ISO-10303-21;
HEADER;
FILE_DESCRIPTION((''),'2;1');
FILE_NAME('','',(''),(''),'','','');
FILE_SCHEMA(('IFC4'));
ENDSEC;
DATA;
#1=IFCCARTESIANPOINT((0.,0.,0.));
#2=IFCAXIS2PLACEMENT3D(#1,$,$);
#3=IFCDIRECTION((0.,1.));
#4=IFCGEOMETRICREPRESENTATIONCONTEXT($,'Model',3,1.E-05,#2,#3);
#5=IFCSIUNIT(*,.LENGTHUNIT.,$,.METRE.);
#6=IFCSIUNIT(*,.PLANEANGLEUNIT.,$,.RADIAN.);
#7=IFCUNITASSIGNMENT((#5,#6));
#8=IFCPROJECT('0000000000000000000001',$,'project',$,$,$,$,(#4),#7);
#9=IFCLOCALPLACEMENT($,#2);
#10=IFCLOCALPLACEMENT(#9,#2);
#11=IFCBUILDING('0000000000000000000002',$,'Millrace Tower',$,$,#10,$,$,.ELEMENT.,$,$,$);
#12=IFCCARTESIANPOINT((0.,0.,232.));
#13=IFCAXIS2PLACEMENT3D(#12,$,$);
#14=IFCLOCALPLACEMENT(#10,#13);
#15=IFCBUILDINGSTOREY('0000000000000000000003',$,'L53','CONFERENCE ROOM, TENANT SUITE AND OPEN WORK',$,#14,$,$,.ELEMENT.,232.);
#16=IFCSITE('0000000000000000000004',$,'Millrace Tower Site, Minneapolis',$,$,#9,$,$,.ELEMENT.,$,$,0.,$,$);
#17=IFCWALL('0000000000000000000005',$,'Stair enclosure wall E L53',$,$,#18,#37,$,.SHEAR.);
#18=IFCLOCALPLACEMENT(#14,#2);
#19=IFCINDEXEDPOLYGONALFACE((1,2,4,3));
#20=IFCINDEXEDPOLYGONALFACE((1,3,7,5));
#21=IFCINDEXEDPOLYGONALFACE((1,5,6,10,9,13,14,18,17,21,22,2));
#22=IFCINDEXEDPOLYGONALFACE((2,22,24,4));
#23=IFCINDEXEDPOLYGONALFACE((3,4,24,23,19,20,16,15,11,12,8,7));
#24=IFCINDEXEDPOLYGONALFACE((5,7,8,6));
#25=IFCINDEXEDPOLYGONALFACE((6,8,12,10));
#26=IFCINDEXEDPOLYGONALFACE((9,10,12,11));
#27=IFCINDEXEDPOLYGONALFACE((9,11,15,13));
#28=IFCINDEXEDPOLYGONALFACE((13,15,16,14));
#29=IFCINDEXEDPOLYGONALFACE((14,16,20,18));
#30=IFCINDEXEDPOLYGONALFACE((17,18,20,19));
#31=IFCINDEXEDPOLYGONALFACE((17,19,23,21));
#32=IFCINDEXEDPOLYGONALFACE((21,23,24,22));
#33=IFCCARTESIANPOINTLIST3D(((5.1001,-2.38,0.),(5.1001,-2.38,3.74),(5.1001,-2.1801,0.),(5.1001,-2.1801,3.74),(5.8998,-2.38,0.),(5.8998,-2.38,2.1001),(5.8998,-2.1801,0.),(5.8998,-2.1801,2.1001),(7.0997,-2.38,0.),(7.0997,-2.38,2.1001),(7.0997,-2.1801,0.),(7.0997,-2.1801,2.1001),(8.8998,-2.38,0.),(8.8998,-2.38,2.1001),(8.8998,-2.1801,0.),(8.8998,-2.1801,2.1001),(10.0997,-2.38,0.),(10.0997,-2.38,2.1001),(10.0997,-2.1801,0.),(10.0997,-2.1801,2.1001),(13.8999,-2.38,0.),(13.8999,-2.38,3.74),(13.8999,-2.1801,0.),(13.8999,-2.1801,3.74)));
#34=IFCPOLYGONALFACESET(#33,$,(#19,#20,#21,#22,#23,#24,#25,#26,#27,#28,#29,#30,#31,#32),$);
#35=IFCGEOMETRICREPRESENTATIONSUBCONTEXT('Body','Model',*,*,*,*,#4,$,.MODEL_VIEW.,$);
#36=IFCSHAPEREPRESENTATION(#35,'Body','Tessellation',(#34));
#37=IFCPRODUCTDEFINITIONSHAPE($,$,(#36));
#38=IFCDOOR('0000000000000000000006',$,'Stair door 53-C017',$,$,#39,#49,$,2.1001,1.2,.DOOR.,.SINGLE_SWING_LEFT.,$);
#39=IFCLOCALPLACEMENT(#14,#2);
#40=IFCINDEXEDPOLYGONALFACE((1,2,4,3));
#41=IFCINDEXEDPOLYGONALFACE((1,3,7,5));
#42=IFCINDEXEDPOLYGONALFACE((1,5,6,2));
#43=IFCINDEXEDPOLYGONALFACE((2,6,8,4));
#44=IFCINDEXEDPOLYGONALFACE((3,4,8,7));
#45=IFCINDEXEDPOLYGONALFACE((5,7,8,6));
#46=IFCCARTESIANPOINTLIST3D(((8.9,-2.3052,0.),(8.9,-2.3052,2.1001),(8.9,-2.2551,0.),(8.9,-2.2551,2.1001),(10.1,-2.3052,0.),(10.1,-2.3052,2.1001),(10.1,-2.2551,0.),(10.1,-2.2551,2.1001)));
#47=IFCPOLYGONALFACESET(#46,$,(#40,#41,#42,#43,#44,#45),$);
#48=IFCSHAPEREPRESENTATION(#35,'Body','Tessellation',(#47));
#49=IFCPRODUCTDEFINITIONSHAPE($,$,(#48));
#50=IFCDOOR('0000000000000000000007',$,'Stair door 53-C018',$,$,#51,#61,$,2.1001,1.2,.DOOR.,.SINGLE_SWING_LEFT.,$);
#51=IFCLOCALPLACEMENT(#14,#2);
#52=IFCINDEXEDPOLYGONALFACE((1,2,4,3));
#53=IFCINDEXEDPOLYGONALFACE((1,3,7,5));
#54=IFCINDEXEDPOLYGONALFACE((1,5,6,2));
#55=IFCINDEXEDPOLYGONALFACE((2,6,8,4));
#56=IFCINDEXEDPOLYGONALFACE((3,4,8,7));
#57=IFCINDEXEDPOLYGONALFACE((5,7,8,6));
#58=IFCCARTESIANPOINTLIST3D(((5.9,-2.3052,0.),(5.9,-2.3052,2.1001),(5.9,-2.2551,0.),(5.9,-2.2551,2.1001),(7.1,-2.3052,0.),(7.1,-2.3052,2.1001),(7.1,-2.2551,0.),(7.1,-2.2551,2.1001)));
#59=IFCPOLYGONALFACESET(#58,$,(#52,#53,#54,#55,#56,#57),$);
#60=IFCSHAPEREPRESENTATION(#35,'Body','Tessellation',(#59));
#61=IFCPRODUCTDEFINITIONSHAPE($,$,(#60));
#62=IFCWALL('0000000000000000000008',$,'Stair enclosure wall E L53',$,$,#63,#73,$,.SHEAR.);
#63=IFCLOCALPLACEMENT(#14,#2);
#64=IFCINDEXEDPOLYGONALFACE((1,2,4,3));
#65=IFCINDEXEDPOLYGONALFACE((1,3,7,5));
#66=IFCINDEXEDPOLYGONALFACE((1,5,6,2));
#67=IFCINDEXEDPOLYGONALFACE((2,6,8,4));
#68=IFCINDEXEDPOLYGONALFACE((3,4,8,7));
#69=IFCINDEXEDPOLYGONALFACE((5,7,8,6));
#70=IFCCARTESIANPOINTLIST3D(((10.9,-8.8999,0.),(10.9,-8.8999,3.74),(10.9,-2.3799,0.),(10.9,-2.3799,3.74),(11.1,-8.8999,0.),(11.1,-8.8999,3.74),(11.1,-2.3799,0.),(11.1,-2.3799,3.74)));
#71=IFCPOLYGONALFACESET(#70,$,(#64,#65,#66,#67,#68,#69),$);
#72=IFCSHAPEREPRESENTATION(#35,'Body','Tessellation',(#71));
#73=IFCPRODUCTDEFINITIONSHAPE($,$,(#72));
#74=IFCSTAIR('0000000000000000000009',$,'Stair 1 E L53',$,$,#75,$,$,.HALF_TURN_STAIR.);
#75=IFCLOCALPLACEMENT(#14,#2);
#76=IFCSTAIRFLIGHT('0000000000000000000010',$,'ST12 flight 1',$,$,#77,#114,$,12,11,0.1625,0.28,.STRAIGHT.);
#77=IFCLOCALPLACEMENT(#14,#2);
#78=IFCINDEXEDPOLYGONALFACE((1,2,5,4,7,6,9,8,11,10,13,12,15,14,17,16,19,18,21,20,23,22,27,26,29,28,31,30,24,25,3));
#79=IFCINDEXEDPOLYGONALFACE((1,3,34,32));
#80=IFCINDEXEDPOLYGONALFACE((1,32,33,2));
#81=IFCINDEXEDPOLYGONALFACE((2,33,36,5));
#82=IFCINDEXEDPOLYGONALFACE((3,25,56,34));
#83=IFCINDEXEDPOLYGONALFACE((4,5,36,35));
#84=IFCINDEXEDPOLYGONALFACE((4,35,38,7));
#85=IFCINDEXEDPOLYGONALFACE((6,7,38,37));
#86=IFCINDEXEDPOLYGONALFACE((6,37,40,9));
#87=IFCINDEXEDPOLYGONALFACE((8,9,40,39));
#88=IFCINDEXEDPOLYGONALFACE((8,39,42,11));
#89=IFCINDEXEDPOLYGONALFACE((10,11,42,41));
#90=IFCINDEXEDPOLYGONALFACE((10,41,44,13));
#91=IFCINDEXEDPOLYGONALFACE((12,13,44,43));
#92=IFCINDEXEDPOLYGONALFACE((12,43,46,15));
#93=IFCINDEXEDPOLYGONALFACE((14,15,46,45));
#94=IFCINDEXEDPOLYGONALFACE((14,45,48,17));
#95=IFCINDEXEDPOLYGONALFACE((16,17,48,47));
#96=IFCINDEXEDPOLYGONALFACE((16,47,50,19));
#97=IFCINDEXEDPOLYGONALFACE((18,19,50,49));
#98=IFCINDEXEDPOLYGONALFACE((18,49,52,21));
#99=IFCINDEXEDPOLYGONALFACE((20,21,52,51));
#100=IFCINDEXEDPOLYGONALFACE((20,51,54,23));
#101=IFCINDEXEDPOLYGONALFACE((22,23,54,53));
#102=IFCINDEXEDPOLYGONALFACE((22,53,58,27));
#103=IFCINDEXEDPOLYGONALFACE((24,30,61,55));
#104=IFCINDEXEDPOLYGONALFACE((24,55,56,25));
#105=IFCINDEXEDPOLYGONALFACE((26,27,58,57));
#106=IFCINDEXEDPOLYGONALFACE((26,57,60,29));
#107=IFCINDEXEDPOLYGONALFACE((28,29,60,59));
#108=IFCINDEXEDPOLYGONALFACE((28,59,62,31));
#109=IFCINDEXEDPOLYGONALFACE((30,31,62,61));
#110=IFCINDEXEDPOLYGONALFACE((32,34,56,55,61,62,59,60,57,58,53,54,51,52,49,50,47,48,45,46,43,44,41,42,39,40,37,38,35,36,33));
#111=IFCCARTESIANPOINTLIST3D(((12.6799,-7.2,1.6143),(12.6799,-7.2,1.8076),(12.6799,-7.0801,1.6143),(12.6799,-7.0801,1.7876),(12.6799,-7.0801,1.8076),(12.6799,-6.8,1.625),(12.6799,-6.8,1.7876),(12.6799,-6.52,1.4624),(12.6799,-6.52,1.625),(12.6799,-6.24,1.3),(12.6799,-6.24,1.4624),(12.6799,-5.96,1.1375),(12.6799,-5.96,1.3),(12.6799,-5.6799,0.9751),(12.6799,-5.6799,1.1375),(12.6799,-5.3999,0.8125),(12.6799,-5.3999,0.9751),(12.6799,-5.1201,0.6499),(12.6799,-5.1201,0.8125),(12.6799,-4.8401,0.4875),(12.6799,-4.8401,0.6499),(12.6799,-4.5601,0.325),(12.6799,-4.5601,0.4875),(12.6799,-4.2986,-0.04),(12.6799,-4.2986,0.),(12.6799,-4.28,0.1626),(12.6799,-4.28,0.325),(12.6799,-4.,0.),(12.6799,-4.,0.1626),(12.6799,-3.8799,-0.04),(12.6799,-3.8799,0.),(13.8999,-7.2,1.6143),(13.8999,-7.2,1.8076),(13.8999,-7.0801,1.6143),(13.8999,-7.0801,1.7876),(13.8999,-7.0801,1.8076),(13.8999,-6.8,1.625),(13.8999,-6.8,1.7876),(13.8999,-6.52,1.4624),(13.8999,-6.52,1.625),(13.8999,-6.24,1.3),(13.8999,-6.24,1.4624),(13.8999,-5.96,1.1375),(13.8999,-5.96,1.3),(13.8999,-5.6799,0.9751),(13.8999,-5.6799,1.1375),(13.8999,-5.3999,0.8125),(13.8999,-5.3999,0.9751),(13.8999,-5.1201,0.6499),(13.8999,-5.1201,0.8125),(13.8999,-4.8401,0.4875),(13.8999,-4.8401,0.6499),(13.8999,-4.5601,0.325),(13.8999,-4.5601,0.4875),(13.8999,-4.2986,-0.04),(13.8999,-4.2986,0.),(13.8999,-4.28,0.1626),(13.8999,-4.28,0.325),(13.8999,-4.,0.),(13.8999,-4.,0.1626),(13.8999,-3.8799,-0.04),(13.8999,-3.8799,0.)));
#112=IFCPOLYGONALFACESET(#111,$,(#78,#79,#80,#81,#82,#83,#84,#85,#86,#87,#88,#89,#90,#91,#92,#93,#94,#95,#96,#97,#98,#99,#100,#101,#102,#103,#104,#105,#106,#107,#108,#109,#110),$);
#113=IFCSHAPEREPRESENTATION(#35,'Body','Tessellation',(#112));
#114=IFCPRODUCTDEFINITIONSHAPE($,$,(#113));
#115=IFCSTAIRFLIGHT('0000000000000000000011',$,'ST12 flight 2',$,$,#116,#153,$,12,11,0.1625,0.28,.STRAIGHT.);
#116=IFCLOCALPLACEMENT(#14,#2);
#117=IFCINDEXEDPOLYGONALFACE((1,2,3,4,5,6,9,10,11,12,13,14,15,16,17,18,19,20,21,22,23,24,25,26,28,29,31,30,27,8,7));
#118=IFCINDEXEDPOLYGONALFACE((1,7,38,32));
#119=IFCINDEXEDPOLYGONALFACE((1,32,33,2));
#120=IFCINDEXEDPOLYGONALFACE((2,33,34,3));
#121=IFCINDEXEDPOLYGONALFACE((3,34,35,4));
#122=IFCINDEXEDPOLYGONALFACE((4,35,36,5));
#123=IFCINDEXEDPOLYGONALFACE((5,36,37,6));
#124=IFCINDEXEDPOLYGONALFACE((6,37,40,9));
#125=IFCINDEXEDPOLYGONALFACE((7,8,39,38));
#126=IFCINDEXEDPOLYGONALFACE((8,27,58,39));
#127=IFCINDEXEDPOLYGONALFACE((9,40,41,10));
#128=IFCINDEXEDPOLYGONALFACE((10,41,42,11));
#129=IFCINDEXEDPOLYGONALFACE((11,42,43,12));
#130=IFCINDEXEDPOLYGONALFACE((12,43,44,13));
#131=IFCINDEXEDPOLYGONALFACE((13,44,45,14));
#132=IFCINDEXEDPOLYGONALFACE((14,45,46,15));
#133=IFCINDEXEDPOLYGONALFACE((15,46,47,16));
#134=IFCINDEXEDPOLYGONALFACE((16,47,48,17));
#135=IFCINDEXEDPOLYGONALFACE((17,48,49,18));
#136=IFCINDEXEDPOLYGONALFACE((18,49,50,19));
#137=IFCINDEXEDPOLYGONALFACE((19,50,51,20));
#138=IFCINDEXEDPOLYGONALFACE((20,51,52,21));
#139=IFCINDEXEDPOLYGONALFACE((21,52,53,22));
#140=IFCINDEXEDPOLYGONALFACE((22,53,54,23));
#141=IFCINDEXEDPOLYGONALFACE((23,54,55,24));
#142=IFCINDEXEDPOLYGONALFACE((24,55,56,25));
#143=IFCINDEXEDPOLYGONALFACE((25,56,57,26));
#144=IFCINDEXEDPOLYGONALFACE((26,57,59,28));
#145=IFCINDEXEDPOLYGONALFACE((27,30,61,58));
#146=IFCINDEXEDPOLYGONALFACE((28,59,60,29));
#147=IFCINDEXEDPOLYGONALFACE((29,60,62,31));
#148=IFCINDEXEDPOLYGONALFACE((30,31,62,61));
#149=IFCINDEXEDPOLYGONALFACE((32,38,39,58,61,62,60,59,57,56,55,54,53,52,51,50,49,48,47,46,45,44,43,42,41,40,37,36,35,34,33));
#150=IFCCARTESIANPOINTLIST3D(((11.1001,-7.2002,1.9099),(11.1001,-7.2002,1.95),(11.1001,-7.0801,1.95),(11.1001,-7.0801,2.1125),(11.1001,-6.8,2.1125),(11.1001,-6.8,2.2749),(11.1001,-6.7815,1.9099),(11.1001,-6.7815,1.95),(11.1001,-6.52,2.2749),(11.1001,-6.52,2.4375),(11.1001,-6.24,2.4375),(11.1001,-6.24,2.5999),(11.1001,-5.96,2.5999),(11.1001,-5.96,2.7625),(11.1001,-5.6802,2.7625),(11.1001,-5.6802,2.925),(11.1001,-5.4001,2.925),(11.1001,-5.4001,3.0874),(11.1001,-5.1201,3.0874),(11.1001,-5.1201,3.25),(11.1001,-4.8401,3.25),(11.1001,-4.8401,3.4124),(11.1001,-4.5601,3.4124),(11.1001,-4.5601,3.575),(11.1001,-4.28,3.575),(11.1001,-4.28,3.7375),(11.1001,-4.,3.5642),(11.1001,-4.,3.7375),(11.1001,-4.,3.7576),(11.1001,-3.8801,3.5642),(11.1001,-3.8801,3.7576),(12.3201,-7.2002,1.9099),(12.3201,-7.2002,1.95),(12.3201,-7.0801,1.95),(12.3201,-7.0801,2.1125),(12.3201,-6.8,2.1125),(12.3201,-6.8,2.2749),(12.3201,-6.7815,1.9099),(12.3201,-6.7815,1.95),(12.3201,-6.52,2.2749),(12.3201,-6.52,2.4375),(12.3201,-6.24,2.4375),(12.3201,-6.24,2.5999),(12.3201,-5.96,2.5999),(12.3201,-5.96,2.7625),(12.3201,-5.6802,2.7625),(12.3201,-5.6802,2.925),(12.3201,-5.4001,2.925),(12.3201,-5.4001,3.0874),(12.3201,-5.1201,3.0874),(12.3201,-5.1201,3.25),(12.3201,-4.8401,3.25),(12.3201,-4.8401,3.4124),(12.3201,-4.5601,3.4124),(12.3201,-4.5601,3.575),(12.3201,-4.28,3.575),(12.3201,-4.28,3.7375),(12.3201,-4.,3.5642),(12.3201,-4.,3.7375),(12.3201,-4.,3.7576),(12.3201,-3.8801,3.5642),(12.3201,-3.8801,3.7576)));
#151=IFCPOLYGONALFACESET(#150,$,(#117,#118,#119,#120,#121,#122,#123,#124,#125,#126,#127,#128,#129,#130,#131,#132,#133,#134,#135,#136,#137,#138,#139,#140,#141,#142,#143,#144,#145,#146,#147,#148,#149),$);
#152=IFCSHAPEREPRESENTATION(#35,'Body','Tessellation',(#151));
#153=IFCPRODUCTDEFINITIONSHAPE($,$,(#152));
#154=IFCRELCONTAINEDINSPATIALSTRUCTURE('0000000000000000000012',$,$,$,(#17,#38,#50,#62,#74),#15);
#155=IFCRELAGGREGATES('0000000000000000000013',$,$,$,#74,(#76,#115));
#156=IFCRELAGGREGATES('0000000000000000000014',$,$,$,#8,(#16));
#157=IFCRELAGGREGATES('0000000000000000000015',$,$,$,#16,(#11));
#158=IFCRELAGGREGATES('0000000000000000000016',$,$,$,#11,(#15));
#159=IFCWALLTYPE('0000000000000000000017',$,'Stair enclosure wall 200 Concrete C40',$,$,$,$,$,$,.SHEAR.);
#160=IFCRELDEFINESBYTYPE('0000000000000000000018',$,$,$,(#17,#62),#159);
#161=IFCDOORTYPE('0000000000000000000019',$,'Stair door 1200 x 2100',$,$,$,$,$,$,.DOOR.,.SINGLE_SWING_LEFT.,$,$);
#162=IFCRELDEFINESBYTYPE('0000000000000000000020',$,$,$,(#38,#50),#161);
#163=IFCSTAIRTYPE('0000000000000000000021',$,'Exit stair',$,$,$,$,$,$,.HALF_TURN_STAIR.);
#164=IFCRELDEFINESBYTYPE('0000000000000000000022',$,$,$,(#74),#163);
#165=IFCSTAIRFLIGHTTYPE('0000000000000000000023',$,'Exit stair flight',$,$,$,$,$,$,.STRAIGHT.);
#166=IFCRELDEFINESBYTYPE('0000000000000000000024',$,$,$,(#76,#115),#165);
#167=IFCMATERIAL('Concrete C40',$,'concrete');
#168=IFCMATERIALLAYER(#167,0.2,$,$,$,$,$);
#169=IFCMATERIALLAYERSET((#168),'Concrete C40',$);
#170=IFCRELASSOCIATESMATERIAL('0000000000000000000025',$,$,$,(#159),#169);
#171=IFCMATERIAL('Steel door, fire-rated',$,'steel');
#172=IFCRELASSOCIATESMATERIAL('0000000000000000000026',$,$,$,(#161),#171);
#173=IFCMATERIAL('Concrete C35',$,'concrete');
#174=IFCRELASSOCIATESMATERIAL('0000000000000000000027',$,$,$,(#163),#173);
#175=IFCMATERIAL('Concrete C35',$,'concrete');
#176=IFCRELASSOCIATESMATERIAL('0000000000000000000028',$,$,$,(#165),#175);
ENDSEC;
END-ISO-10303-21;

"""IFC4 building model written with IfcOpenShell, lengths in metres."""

from ifc_helpers import new_model, si_unit, direction, frame, frame_2d, origin, place, context, subcontext, project, spatial, polyline, rectangle, outline, extrude, material, layer, layer_set, type_object, element, fill, aggregate, save


model = new_model("IFC4")

# Units and contexts
model_context = context("Model", 3, precision=1e-05, world=origin(), true_north=direction((0.0, 1.0)))
body_context = subcontext(model_context, "Body", "Model", "MODEL_VIEW")
ifc_project = project(units=[si_unit("LENGTHUNIT", "METRE"), si_unit("PLANEANGLEUNIT", "RADIAN")], contexts=[model_context])

# Site, building, storey
site_placement = place(None, origin())
site = spatial("IfcSite", under=ifc_project, at=site_placement, Name="Millrace Tower Site, Minneapolis", CompositionType="ELEMENT", RefElevation=0.0)
building_placement = place(site_placement, origin())
building = spatial("IfcBuilding", under=site, at=building_placement, Name="Millrace Tower", CompositionType="ELEMENT")
storey_placement = place(building_placement, frame((0.0, 0.0, 232.0)))
storey = spatial("IfcBuildingStorey", under=building, at=storey_placement, Name="L53", Description="CONFERENCE ROOM, TENANT SUITE AND OPEN WORK", CompositionType="ELEMENT", Elevation=232.0)

# Shared definitions
placement = place(storey_placement, origin())

# Shared definitions
ifc_material_1 = material(Name="Concrete C40", Category="concrete")
ifc_layer_1 = layer(ifc_material_1, 0.2)
ifc_layer_set_1 = layer_set([ifc_layer_1], Name="Concrete C40")
wall_type_1 = type_object("IfcWallType", Name="Stair enclosure wall 200 Concrete C40", PredefinedType="SHEAR", material=ifc_layer_set_1)

# Wall, openings, doors
wall_1_placement = place(storey_placement, frame((13.8999, -2.28, 0.0), z_axis=(0.0, 0.0, 1.0), x_axis=(-1.0, 0.0, 0.0)))
wall_1 = element("IfcWall", 1, at=wall_1_placement, inside=storey, type_object=wall_type_1, Name="Stair enclosure wall E L53", PredefinedType="SHEAR", context=body_context, shape_type="SweptSolid", body=[
    extrude(rectangle(XDim=8.7998, YDim=0.2, at=frame_2d((4.3999, 0.0))), origin(), (0.0, 0.0, 1.0), 3.74),
])
opening_1_placement = place(wall_1_placement, frame((3.8, 0.0, 0.0)))
opening_1 = element("IfcOpeningElement", 2, at=opening_1_placement, cuts=wall_1, PredefinedType="OPENING", context=body_context, shape_type="SweptSolid", body=[
    extrude(rectangle(XDim=1.2, YDim=2.1001, at=frame_2d((0.6001, 1.05))), frame((0.0, 0.1099, 0.0), z_axis=(0.0, -1.0, 0.0), x_axis=(1.0, 0.0, 0.0)), (0.0, 0.0, 1.0), 0.22),
])
opening_2_placement = place(wall_1_placement, frame((6.8, 0.0, 0.0)))
opening_2 = element("IfcOpeningElement", 3, at=opening_2_placement, cuts=wall_1, PredefinedType="OPENING", context=body_context, shape_type="SweptSolid", body=[
    extrude(rectangle(XDim=1.2, YDim=2.1001, at=frame_2d((0.6001, 1.05))), frame((0.0, 0.1099, 0.0), z_axis=(0.0, -1.0, 0.0), x_axis=(1.0, 0.0, 0.0)), (0.0, 0.0, 1.0), 0.22),
])
ifc_material_2 = material(Name="Steel door, fire-rated", Category="steel")
door_type_1 = type_object("IfcDoorType", Name="Stair door 1200 x 2100", OperationType="SINGLE_SWING_LEFT", PredefinedType="DOOR", material=ifc_material_2)
door_1_placement = place(opening_1_placement, frame((1.2, 0.0, 0.0), z_axis=(0.0, 0.0, 1.0), x_axis=(-1.0, 0.0, 0.0)))
door_1 = element("IfcDoor", 4, at=door_1_placement, inside=storey, type_object=door_type_1, Name="Stair door 53-C017", OperationType="SINGLE_SWING_LEFT", OverallHeight=2.1001, OverallWidth=1.2, PredefinedType="DOOR", context=body_context, shape_type="SweptSolid", body=[
    extrude(rectangle(XDim=1.2, YDim=2.1001, at=frame_2d((0.6001, 1.05))), frame((0.0, 0.0249, 0.0), z_axis=(0.0, -1.0, 0.0), x_axis=(1.0, 0.0, 0.0)), (0.0, 0.0, 1.0), 0.05),
])
fill(opening_1, door_1)
door_2_placement = place(opening_2_placement, frame((1.2, 0.0, 0.0), z_axis=(0.0, 0.0, 1.0), x_axis=(-1.0, 0.0, 0.0)))
door_2 = element("IfcDoor", 5, at=door_2_placement, inside=storey, type_object=door_type_1, Name="Stair door 53-C018", OperationType="SINGLE_SWING_LEFT", OverallHeight=2.1001, OverallWidth=1.2, PredefinedType="DOOR", context=body_context, shape_type="SweptSolid", body=[
    extrude(rectangle(XDim=1.2, YDim=2.1001, at=frame_2d((0.6001, 1.05))), frame((0.0, 0.0249, 0.0), z_axis=(0.0, -1.0, 0.0), x_axis=(1.0, 0.0, 0.0)), (0.0, 0.0, 1.0), 0.05),
])
fill(opening_2, door_2)

# Wall
wall_2_placement = place(storey_placement, frame((11.0, -2.3799, 0.0), z_axis=(0.0, 0.0, 1.0), x_axis=(0.0, -1.0, 0.0)))
element("IfcWall", 6, at=wall_2_placement, inside=storey, type_object=wall_type_1, Name="Stair enclosure wall E L53", PredefinedType="SHEAR", context=body_context, shape_type="SweptSolid", body=[
    extrude(rectangle(XDim=6.52, YDim=0.2, at=frame_2d((3.26, 0.0))), origin(), (0.0, 0.0, 1.0), 3.74),
])

# Stair, stair flights
ifc_material_3 = material(Name="Concrete C35", Category="concrete")
stair_type = type_object("IfcStairType", Name="Exit stair", PredefinedType="HALF_TURN_STAIR", material=ifc_material_3)
stair_1 = element("IfcStair", 7, at=placement, inside=storey, type_object=stair_type, Name="Stair 1 E L53", PredefinedType="HALF_TURN_STAIR")
ifc_material_4 = material(Name="Concrete C35", Category="concrete")
stair_flight_type = type_object("IfcStairFlightType", Name="Exit stair flight", PredefinedType="STRAIGHT", material=ifc_material_4)
stair_flight_1_placement = place(storey_placement, frame((13.29, -4.0, 0.0), z_axis=(0.0, 0.0, 1.0), x_axis=(0.0, -1.0, 0.0)))
stair_flight_1 = element("IfcStairFlight", 8, at=stair_flight_1_placement, type_object=stair_flight_type, Name="ST12 flight 1", NumberOfRisers=12, NumberOfTreads=11, PredefinedType="STRAIGHT", RiserHeight=0.1625, TreadLength=0.28, context=body_context, shape_type="SweptSolid", body=[
    extrude(outline(polyline([(-0.1201, -0.04), (-0.1201, 0.0), (0.0, 0.0), (0.0, 0.1626), (0.28, 0.1626), (0.28, 0.325), (0.5601, 0.325), (0.5601, 0.4875), (0.8401, 0.4875), (0.8401, 0.6499), (1.1201, 0.6499), (1.1201, 0.8125), (1.3999, 0.8125), (1.3999, 0.9751), (1.6799, 0.9751), (1.6799, 1.1375), (1.96, 1.1375), (1.96, 1.3), (2.24, 1.3), (2.24, 1.4624), (2.52, 1.4624), (2.52, 1.625), (2.8, 1.625), (2.8, 1.7876), (3.0801, 1.7876), (3.0801, 1.8076), (3.2, 1.8076), (3.2, 1.6143), (3.0801, 1.6143), (0.2986, 0.0), (0.2986, -0.04), (-0.1201, -0.04)])), frame((0.0, 0.6099, 0.0), z_axis=(0.0, -1.0, 0.0), x_axis=(1.0, 0.0, 0.0)), (0.0, 0.0, 1.0), 1.22),
])
stair_flight_2_placement = place(storey_placement, frame((11.71, -7.0801, 1.95), z_axis=(0.0, 0.0, 1.0), x_axis=(0.0, 1.0, 0.0)))
stair_flight_2 = element("IfcStairFlight", 9, at=stair_flight_2_placement, type_object=stair_flight_type, Name="ST12 flight 2", NumberOfRisers=12, NumberOfTreads=11, PredefinedType="STRAIGHT", RiserHeight=0.1625, TreadLength=0.28, context=body_context, shape_type="SweptSolid", body=[
    extrude(outline(polyline([(-0.1201, -0.04), (-0.1201, 0.0), (0.0, 0.0), (0.0, 0.1626), (0.28, 0.1626), (0.28, 0.325), (0.5601, 0.325), (0.5601, 0.4875), (0.8401, 0.4875), (0.8401, 0.6499), (1.1201, 0.6499), (1.1201, 0.8125), (1.3999, 0.8125), (1.3999, 0.9751), (1.6799, 0.9751), (1.6799, 1.1375), (1.96, 1.1375), (1.96, 1.3), (2.24, 1.3), (2.24, 1.4624), (2.52, 1.4624), (2.52, 1.625), (2.8, 1.625), (2.8, 1.7876), (3.0801, 1.7876), (3.0801, 1.8076), (3.2, 1.8076), (3.2, 1.6143), (3.0801, 1.6143), (0.2986, 0.0), (0.2986, -0.04), (-0.1201, -0.04)])), frame((0.0, 0.6099, 0.0), z_axis=(0.0, -1.0, 0.0), x_axis=(1.0, 0.0, 0.0)), (0.0, 0.0, 1.0), 1.22),
])
aggregate(stair_1, [stair_flight_1, stair_flight_2])

save(model, "model.ifc")
